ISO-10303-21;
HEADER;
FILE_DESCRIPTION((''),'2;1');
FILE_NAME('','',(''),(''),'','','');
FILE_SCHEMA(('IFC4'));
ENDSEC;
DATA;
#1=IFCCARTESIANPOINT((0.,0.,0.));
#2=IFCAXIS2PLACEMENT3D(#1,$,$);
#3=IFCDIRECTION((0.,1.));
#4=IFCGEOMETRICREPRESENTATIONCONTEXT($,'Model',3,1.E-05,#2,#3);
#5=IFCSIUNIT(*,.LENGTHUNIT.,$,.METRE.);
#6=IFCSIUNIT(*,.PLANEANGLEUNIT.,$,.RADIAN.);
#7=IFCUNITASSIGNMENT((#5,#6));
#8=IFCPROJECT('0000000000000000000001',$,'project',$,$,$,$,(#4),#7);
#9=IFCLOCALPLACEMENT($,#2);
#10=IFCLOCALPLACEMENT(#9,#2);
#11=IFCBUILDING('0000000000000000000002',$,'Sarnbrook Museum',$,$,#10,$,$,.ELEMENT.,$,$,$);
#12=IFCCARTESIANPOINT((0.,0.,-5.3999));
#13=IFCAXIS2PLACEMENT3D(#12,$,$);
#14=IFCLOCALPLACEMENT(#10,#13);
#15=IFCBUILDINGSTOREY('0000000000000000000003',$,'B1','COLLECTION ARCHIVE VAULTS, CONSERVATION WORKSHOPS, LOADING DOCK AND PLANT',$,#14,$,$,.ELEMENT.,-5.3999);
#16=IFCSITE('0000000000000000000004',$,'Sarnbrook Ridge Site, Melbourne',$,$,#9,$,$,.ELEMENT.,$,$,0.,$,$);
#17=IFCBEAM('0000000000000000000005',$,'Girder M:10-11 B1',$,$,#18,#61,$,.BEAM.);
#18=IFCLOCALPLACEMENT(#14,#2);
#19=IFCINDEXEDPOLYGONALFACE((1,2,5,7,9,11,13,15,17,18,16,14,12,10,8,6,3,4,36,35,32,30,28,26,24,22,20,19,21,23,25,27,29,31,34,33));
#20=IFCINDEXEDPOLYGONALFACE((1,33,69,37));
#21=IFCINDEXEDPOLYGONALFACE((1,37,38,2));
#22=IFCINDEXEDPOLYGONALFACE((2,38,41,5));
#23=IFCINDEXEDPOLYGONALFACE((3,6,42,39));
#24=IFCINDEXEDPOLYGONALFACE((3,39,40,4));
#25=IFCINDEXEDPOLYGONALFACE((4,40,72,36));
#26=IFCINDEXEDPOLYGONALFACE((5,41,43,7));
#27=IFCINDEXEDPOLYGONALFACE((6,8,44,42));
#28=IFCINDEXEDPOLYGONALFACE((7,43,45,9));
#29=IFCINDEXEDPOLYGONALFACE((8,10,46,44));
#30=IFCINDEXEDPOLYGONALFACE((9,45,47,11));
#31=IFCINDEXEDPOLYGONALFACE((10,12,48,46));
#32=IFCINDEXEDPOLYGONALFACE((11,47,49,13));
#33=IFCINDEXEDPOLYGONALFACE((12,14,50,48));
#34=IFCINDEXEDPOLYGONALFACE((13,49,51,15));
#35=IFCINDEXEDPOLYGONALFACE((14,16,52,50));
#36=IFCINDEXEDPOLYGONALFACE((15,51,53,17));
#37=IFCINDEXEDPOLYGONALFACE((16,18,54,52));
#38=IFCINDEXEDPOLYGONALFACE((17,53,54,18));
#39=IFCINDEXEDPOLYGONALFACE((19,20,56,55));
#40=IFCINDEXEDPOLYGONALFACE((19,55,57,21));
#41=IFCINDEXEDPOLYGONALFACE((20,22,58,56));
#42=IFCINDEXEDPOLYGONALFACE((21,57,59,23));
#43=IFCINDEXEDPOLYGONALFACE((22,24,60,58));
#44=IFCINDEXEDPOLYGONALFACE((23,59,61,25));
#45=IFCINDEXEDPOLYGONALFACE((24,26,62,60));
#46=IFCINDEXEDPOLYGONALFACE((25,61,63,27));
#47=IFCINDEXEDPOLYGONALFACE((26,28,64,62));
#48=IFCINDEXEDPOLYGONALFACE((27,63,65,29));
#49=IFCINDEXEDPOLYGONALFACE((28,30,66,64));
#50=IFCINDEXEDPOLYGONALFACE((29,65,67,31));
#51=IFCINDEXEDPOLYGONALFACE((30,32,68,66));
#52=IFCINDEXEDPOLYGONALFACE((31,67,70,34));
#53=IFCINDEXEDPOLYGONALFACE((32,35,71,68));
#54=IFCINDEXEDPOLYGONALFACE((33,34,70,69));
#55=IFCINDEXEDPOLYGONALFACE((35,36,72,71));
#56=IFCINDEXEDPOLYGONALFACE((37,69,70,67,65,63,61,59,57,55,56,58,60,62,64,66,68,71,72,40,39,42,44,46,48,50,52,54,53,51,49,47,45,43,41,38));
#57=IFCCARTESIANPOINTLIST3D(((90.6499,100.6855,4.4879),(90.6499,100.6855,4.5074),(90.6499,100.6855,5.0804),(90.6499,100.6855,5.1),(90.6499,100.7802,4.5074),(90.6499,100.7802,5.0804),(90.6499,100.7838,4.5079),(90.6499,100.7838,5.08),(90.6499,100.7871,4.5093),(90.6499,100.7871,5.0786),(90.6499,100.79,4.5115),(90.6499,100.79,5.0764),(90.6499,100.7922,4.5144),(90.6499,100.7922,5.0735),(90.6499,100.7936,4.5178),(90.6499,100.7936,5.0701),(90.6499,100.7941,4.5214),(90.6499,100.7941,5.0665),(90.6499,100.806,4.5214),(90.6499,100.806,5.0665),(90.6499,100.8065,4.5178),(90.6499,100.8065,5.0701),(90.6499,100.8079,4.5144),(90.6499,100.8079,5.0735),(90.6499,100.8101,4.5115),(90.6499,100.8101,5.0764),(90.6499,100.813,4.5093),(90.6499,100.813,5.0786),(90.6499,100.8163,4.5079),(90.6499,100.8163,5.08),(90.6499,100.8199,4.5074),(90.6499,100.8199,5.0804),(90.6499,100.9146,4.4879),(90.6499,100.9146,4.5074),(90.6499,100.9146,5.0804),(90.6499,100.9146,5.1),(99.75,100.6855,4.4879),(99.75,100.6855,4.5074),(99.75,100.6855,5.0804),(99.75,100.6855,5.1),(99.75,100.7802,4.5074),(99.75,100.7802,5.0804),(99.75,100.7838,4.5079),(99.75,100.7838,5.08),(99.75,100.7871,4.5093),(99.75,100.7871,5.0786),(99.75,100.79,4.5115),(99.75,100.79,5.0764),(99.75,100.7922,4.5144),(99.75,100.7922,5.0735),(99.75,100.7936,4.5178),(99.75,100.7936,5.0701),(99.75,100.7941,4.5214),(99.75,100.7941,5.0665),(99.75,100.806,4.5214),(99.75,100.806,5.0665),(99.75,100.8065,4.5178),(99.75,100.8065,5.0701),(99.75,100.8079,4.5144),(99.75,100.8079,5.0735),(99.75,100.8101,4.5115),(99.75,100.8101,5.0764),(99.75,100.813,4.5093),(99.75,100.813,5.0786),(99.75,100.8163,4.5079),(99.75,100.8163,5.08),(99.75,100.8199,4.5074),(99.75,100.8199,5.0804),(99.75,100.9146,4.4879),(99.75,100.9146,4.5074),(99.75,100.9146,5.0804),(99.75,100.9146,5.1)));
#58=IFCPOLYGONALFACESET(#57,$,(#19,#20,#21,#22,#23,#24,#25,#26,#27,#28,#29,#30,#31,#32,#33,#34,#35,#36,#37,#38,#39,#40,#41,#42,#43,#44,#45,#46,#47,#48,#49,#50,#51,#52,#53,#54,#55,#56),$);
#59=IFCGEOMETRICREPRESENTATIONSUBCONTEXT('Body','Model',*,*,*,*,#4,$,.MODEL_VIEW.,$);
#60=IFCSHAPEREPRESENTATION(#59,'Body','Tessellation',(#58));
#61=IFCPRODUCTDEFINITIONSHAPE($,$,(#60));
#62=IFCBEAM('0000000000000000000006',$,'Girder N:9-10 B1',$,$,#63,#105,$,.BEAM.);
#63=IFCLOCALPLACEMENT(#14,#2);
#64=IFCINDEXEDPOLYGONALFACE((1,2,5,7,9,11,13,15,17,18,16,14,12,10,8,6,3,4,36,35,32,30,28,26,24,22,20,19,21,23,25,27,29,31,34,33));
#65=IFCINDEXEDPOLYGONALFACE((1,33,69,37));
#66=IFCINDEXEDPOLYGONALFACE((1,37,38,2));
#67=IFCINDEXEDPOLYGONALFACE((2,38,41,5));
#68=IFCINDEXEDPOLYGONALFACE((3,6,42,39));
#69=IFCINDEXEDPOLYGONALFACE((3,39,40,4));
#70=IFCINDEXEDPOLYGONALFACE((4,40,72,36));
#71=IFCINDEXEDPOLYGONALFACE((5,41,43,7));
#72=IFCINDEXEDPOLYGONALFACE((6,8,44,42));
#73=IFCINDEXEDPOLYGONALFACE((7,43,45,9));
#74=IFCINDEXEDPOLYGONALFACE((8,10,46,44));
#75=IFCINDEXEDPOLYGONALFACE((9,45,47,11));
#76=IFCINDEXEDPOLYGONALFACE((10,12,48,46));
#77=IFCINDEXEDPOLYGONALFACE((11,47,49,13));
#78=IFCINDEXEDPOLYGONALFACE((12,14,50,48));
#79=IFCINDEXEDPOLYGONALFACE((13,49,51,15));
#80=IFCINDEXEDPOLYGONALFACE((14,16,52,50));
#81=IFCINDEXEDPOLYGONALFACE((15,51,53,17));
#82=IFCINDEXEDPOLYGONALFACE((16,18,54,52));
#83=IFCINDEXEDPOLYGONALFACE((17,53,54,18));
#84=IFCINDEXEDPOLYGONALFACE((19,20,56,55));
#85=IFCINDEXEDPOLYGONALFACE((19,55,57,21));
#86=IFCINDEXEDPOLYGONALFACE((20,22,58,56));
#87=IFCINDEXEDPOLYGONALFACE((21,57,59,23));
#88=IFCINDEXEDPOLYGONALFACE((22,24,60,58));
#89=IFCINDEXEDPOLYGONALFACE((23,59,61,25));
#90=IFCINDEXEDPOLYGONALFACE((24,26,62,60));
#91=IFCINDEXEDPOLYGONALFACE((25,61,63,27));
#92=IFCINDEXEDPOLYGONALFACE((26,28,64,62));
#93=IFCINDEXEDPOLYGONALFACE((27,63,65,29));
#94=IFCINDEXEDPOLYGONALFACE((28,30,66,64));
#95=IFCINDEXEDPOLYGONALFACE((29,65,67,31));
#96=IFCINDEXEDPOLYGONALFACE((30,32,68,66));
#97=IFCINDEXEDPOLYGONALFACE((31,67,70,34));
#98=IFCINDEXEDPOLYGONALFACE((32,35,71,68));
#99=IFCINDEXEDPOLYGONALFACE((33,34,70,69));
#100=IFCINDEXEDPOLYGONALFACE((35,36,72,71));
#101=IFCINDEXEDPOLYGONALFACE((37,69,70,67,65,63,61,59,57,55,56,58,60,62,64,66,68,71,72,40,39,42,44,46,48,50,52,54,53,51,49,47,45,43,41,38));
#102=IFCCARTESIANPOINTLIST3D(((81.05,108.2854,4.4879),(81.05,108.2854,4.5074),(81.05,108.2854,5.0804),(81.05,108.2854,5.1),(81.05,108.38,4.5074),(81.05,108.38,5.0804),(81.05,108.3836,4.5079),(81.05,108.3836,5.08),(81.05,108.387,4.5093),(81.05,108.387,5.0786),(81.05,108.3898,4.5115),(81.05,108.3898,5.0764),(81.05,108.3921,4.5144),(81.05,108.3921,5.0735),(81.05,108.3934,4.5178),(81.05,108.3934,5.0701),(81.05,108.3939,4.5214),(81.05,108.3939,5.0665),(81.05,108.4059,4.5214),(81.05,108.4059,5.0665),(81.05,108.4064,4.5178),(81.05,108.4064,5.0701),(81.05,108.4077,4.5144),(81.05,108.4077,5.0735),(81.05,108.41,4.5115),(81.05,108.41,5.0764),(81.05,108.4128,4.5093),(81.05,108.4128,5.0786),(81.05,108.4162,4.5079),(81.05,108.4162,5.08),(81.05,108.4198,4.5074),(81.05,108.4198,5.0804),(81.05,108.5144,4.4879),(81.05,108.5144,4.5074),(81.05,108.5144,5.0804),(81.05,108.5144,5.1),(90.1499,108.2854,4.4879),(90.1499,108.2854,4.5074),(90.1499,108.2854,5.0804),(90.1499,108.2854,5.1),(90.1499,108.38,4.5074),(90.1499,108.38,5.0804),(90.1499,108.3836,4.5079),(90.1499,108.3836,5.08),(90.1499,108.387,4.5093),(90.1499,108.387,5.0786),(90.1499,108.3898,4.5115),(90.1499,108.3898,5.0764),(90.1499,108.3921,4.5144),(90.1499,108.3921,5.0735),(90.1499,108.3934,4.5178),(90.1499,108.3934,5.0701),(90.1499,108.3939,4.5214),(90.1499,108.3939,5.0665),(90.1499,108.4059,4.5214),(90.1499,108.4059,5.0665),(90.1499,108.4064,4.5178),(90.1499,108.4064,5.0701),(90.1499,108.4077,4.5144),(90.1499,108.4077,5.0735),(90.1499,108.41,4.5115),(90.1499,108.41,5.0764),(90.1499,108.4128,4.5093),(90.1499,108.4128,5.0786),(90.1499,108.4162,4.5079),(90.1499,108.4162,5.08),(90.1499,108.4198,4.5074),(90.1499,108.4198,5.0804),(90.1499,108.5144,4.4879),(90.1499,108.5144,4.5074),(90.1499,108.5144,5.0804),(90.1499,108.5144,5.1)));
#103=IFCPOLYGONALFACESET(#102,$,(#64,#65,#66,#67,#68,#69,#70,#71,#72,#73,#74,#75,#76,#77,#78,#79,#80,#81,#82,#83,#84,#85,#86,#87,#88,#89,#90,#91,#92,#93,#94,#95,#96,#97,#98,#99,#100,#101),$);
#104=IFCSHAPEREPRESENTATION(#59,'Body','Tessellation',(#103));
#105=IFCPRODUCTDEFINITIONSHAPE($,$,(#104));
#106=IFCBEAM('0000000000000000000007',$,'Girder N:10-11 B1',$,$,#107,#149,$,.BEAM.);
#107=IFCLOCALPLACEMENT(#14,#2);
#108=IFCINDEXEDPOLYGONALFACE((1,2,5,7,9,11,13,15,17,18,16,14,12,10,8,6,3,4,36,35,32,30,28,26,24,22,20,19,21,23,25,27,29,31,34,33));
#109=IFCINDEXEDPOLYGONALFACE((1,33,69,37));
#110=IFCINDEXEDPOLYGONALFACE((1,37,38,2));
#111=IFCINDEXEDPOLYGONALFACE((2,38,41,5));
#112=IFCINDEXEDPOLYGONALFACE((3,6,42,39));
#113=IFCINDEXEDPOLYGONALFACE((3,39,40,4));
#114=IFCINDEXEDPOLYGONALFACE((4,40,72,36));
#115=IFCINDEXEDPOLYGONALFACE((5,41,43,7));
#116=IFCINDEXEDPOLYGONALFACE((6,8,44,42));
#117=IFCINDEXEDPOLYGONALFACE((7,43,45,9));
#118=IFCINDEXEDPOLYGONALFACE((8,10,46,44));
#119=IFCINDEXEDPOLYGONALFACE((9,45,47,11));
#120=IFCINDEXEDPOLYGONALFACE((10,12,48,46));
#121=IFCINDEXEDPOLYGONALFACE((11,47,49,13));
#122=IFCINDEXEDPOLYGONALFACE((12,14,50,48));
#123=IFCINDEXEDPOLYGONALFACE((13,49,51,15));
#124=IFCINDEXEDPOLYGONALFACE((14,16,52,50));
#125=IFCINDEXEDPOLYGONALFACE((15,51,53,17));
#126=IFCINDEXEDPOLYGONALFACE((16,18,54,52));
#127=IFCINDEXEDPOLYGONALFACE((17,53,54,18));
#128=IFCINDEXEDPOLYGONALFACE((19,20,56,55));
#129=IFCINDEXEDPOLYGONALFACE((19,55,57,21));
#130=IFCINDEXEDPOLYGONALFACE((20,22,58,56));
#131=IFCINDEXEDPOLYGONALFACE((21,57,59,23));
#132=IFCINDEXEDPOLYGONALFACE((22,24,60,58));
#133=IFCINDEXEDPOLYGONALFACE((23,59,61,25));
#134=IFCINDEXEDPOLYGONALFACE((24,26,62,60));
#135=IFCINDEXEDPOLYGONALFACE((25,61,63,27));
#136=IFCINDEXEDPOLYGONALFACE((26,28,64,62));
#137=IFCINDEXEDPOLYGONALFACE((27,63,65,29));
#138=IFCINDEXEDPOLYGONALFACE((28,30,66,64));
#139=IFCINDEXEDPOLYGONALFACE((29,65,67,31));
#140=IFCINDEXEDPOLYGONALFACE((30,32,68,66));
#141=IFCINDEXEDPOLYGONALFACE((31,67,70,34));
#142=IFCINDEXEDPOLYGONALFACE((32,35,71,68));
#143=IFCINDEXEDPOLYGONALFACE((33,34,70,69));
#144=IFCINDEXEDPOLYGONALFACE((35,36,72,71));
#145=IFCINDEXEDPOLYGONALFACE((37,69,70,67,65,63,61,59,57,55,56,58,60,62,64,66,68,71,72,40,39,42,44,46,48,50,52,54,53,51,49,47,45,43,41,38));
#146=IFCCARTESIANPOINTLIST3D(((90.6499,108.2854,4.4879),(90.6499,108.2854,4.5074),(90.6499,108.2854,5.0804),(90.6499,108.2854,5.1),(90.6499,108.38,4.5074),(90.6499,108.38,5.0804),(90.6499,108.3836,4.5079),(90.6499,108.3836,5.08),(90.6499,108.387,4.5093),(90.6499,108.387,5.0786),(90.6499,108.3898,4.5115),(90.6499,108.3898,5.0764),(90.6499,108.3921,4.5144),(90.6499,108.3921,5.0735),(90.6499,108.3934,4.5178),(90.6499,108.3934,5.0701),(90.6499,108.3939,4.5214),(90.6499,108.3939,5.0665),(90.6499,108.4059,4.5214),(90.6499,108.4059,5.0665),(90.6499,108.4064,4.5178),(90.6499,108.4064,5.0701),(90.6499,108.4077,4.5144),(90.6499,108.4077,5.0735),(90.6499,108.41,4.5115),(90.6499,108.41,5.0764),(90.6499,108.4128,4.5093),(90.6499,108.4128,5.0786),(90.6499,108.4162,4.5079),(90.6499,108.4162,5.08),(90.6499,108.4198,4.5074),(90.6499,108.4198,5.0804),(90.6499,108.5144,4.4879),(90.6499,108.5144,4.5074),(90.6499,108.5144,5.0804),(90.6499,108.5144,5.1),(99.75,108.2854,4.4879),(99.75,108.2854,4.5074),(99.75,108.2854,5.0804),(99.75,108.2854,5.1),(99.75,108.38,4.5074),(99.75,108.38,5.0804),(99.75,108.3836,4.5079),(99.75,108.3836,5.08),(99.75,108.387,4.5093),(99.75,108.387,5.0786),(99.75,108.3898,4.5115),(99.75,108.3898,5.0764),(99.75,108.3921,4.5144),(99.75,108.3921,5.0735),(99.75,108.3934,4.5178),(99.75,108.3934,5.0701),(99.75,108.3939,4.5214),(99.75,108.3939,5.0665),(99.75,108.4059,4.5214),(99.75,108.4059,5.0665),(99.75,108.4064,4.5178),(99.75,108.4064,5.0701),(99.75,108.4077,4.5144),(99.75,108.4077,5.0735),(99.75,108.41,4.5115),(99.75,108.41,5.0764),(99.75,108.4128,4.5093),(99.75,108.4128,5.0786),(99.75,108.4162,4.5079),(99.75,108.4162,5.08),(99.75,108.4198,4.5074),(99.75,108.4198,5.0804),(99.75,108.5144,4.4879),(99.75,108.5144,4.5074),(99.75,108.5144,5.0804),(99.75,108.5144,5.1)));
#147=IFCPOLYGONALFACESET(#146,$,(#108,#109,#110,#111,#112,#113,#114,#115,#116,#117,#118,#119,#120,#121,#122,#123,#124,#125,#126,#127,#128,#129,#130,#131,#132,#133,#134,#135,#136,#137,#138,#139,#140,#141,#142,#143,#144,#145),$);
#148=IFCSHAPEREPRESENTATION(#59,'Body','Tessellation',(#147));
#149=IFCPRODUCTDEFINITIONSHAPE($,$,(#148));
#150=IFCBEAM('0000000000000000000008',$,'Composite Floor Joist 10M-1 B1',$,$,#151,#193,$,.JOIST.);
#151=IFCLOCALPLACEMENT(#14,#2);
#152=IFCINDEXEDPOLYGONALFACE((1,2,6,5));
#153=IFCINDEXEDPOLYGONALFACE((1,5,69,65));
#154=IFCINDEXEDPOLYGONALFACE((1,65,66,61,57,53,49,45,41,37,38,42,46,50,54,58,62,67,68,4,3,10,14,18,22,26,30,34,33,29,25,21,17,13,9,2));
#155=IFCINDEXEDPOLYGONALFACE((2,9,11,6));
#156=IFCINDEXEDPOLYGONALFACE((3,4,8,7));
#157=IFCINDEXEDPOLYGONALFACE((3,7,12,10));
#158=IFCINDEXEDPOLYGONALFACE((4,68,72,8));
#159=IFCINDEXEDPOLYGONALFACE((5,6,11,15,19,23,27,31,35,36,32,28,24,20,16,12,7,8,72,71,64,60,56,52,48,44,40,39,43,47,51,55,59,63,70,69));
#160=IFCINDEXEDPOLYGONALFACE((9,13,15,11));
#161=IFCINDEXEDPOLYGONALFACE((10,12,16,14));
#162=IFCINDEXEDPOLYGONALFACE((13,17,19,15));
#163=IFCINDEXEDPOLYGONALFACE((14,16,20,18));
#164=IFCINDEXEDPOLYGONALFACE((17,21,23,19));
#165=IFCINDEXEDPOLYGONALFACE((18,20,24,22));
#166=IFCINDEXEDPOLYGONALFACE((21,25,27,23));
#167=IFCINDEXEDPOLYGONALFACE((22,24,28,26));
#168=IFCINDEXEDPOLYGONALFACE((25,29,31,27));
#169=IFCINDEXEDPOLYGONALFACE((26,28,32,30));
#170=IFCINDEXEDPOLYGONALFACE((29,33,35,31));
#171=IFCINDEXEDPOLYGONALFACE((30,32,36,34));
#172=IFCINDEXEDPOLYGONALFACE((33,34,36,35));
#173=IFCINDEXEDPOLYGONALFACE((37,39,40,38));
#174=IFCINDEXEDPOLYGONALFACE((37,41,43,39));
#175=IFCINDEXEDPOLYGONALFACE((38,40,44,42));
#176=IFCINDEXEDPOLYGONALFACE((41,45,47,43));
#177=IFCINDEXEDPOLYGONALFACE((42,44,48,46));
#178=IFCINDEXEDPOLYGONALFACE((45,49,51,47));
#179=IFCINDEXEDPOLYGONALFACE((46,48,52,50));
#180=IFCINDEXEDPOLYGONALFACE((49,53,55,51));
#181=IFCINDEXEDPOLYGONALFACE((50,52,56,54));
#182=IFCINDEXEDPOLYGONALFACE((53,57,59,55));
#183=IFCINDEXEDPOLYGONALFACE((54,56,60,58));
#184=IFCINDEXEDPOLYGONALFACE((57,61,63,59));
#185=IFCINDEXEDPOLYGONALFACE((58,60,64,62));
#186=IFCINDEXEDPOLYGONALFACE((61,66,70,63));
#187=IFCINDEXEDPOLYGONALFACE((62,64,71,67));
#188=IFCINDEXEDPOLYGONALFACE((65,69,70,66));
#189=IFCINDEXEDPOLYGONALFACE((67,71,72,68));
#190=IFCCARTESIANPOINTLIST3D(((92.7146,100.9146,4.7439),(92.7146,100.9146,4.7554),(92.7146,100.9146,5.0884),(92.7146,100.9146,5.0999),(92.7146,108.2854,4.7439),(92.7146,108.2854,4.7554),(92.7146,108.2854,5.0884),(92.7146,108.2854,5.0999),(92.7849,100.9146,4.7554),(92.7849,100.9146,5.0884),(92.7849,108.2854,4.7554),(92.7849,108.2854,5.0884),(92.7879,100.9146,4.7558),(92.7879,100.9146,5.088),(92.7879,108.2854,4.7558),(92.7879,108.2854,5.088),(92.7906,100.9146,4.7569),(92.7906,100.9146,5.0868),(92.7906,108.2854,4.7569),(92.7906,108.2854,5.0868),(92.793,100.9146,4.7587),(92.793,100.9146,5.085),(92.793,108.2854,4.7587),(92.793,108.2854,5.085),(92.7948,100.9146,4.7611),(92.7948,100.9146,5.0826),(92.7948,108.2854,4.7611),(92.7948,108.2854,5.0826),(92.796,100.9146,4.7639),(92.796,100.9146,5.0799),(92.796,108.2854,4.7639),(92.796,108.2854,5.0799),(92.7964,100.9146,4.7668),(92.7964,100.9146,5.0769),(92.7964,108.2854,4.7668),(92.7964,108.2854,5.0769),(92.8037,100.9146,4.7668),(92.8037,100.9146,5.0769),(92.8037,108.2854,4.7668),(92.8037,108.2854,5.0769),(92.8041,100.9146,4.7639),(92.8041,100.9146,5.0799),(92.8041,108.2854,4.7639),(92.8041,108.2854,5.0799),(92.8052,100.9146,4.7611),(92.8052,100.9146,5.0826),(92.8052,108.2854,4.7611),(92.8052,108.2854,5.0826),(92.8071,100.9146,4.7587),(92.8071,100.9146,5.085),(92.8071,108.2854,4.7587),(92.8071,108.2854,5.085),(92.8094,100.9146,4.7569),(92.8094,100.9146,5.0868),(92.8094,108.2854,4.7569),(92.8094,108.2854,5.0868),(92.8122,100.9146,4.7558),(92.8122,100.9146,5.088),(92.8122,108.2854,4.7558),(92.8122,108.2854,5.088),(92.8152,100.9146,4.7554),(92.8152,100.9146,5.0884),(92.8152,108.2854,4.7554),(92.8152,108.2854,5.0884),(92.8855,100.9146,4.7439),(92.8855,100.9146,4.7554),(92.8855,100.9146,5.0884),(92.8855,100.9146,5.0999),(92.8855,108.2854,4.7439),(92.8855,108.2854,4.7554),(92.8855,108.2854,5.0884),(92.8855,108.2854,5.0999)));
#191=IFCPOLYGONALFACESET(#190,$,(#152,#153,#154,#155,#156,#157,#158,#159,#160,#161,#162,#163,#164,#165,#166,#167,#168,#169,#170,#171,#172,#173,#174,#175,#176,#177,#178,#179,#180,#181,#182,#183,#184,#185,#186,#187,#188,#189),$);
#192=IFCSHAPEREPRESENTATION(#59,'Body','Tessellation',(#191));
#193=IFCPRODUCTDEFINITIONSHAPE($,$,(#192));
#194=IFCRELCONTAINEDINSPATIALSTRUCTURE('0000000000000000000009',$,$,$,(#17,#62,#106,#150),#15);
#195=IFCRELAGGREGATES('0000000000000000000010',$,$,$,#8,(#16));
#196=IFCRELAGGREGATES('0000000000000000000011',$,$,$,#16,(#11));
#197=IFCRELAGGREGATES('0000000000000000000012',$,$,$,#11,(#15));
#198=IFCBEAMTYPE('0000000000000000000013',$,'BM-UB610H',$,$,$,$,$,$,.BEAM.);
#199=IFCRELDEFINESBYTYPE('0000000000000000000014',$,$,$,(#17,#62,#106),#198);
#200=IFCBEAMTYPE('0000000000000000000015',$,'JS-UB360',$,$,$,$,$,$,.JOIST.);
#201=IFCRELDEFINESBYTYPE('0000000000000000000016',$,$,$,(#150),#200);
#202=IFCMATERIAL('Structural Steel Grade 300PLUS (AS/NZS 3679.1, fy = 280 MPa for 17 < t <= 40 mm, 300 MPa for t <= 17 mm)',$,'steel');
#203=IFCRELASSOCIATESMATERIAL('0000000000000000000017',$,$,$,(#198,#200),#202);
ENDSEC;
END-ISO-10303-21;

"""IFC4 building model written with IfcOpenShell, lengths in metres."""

from ifc_helpers import new_model, si_unit, direction, frame, origin, origin_2d, place, context, subcontext, project, spatial, i_section, extrude, material, material_profile, profile_set, type_object, element, save


model = new_model("IFC4")

# Units and contexts
model_context = context("Model", 3, precision=1e-05, world=origin(), true_north=direction((0.0, 1.0)))
body_context = subcontext(model_context, "Body", "Model", "MODEL_VIEW")
ifc_project = project(units=[si_unit("LENGTHUNIT", "METRE"), si_unit("PLANEANGLEUNIT", "RADIAN")], contexts=[model_context])

# Site, building, storey
site_placement = place(None, origin())
site = spatial("IfcSite", under=ifc_project, at=site_placement, Name="Sarnbrook Ridge Site, Melbourne", CompositionType="ELEMENT", RefElevation=0.0)
building_placement = place(site_placement, origin())
building = spatial("IfcBuilding", under=site, at=building_placement, Name="Sarnbrook Museum", CompositionType="ELEMENT")
storey_placement = place(building_placement, frame((0.0, 0.0, -5.3999)))
storey = spatial("IfcBuildingStorey", under=building, at=storey_placement, Name="B1", Description="COLLECTION ARCHIVE VAULTS, CONSERVATION WORKSHOPS, LOADING DOCK AND PLANT", CompositionType="ELEMENT", Elevation=-5.3999)

# Beams
ifc_material_1 = material(Name="Structural Steel Grade 300PLUS (AS/NZS 3679.1, fy = 280 MPa for 17 < t <= 40 mm, 300 MPa for t <= 17 mm)", Category="steel")
ifc_material_profile_1 = material_profile(ifc_material_1, i_section(OverallWidth=0.229, OverallDepth=0.6121, WebThickness=0.012, FlangeThickness=0.0195, FilletRadius=0.0139, at=origin_2d()), Name="610UB125")
ifc_profile_set_1 = profile_set([ifc_material_profile_1], Name="Structural Steel Grade 300PLUS (AS/NZS 3679.1, fy = 280 MPa for 17 < t <= 40 mm, 300 MPa for t <= 17 mm)")
beam_type_1 = type_object("IfcBeamType", Name="BM-UB610H", PredefinedType="BEAM", material=ifc_profile_set_1)
beam_1_placement = place(storey_placement, frame((90.6499, 100.8, 4.7939), z_axis=(1.0, 0.0, 0.0), x_axis=(0.0, 1.0, 0.0)))
element("IfcBeam", 1, at=beam_1_placement, inside=storey, type_object=beam_type_1, Name="Girder M:10-11 B1", PredefinedType="BEAM", context=body_context, shape_type="SweptSolid", body=[
    extrude(i_section(OverallWidth=0.229, OverallDepth=0.6121, WebThickness=0.012, FlangeThickness=0.0195, FilletRadius=0.0139, at=origin_2d()), origin(), (0.0, 0.0, 1.0), 9.1001),
])
beam_2_placement = place(storey_placement, frame((81.05, 108.3999, 4.7939), z_axis=(1.0, 0.0, 0.0), x_axis=(0.0, 1.0, 0.0)))
element("IfcBeam", 2, at=beam_2_placement, inside=storey, type_object=beam_type_1, Name="Girder N:9-10 B1", PredefinedType="BEAM", context=body_context, shape_type="SweptSolid", body=[
    extrude(i_section(OverallWidth=0.229, OverallDepth=0.6121, WebThickness=0.012, FlangeThickness=0.0195, FilletRadius=0.0139, at=origin_2d()), origin(), (0.0, 0.0, 1.0), 9.0999),
])
beam_3_placement = place(storey_placement, frame((90.6499, 108.3999, 4.7939), z_axis=(1.0, 0.0, 0.0), x_axis=(0.0, 1.0, 0.0)))
element("IfcBeam", 3, at=beam_3_placement, inside=storey, type_object=beam_type_1, Name="Girder N:10-11 B1", PredefinedType="BEAM", context=body_context, shape_type="SweptSolid", body=[
    extrude(i_section(OverallWidth=0.229, OverallDepth=0.6121, WebThickness=0.012, FlangeThickness=0.0195, FilletRadius=0.0139, at=origin_2d()), origin(), (0.0, 0.0, 1.0), 9.1001),
])
ifc_material_profile_2 = material_profile(ifc_material_1, i_section(OverallWidth=0.1709, OverallDepth=0.356, WebThickness=0.0073, FlangeThickness=0.0115, FilletRadius=0.0115, at=origin_2d()), Name="360UB50.7")
ifc_profile_set_2 = profile_set([ifc_material_profile_2], Name="Structural Steel Grade 300PLUS (AS/NZS 3679.1, fy = 280 MPa for 17 < t <= 40 mm, 300 MPa for t <= 17 mm)")
beam_type_2 = type_object("IfcBeamType", Name="JS-UB360", PredefinedType="JOIST", material=ifc_profile_set_2)
for number, where, z_axis, x_axis, name in (
    (4, (92.8, 100.9146, 4.9219), (0.0, 1.0, 0.0), (-1.0, 0.0, 0.0), "Composite Floor Joist 10M-1 B1"),
):
    element("IfcBeam", number, at=place(storey_placement, frame(where, z_axis=z_axis, x_axis=x_axis)), inside=storey, type_object=beam_type_2, Name=name, PredefinedType="JOIST", context=body_context, shape_type="SweptSolid", body=[
        extrude(i_section(OverallWidth=0.1709, OverallDepth=0.356, WebThickness=0.0073, FlangeThickness=0.0115, FilletRadius=0.0115, at=origin_2d()), origin(), (0.0, 0.0, 1.0), 7.3708),
    ])

save(model, "model.ifc")
